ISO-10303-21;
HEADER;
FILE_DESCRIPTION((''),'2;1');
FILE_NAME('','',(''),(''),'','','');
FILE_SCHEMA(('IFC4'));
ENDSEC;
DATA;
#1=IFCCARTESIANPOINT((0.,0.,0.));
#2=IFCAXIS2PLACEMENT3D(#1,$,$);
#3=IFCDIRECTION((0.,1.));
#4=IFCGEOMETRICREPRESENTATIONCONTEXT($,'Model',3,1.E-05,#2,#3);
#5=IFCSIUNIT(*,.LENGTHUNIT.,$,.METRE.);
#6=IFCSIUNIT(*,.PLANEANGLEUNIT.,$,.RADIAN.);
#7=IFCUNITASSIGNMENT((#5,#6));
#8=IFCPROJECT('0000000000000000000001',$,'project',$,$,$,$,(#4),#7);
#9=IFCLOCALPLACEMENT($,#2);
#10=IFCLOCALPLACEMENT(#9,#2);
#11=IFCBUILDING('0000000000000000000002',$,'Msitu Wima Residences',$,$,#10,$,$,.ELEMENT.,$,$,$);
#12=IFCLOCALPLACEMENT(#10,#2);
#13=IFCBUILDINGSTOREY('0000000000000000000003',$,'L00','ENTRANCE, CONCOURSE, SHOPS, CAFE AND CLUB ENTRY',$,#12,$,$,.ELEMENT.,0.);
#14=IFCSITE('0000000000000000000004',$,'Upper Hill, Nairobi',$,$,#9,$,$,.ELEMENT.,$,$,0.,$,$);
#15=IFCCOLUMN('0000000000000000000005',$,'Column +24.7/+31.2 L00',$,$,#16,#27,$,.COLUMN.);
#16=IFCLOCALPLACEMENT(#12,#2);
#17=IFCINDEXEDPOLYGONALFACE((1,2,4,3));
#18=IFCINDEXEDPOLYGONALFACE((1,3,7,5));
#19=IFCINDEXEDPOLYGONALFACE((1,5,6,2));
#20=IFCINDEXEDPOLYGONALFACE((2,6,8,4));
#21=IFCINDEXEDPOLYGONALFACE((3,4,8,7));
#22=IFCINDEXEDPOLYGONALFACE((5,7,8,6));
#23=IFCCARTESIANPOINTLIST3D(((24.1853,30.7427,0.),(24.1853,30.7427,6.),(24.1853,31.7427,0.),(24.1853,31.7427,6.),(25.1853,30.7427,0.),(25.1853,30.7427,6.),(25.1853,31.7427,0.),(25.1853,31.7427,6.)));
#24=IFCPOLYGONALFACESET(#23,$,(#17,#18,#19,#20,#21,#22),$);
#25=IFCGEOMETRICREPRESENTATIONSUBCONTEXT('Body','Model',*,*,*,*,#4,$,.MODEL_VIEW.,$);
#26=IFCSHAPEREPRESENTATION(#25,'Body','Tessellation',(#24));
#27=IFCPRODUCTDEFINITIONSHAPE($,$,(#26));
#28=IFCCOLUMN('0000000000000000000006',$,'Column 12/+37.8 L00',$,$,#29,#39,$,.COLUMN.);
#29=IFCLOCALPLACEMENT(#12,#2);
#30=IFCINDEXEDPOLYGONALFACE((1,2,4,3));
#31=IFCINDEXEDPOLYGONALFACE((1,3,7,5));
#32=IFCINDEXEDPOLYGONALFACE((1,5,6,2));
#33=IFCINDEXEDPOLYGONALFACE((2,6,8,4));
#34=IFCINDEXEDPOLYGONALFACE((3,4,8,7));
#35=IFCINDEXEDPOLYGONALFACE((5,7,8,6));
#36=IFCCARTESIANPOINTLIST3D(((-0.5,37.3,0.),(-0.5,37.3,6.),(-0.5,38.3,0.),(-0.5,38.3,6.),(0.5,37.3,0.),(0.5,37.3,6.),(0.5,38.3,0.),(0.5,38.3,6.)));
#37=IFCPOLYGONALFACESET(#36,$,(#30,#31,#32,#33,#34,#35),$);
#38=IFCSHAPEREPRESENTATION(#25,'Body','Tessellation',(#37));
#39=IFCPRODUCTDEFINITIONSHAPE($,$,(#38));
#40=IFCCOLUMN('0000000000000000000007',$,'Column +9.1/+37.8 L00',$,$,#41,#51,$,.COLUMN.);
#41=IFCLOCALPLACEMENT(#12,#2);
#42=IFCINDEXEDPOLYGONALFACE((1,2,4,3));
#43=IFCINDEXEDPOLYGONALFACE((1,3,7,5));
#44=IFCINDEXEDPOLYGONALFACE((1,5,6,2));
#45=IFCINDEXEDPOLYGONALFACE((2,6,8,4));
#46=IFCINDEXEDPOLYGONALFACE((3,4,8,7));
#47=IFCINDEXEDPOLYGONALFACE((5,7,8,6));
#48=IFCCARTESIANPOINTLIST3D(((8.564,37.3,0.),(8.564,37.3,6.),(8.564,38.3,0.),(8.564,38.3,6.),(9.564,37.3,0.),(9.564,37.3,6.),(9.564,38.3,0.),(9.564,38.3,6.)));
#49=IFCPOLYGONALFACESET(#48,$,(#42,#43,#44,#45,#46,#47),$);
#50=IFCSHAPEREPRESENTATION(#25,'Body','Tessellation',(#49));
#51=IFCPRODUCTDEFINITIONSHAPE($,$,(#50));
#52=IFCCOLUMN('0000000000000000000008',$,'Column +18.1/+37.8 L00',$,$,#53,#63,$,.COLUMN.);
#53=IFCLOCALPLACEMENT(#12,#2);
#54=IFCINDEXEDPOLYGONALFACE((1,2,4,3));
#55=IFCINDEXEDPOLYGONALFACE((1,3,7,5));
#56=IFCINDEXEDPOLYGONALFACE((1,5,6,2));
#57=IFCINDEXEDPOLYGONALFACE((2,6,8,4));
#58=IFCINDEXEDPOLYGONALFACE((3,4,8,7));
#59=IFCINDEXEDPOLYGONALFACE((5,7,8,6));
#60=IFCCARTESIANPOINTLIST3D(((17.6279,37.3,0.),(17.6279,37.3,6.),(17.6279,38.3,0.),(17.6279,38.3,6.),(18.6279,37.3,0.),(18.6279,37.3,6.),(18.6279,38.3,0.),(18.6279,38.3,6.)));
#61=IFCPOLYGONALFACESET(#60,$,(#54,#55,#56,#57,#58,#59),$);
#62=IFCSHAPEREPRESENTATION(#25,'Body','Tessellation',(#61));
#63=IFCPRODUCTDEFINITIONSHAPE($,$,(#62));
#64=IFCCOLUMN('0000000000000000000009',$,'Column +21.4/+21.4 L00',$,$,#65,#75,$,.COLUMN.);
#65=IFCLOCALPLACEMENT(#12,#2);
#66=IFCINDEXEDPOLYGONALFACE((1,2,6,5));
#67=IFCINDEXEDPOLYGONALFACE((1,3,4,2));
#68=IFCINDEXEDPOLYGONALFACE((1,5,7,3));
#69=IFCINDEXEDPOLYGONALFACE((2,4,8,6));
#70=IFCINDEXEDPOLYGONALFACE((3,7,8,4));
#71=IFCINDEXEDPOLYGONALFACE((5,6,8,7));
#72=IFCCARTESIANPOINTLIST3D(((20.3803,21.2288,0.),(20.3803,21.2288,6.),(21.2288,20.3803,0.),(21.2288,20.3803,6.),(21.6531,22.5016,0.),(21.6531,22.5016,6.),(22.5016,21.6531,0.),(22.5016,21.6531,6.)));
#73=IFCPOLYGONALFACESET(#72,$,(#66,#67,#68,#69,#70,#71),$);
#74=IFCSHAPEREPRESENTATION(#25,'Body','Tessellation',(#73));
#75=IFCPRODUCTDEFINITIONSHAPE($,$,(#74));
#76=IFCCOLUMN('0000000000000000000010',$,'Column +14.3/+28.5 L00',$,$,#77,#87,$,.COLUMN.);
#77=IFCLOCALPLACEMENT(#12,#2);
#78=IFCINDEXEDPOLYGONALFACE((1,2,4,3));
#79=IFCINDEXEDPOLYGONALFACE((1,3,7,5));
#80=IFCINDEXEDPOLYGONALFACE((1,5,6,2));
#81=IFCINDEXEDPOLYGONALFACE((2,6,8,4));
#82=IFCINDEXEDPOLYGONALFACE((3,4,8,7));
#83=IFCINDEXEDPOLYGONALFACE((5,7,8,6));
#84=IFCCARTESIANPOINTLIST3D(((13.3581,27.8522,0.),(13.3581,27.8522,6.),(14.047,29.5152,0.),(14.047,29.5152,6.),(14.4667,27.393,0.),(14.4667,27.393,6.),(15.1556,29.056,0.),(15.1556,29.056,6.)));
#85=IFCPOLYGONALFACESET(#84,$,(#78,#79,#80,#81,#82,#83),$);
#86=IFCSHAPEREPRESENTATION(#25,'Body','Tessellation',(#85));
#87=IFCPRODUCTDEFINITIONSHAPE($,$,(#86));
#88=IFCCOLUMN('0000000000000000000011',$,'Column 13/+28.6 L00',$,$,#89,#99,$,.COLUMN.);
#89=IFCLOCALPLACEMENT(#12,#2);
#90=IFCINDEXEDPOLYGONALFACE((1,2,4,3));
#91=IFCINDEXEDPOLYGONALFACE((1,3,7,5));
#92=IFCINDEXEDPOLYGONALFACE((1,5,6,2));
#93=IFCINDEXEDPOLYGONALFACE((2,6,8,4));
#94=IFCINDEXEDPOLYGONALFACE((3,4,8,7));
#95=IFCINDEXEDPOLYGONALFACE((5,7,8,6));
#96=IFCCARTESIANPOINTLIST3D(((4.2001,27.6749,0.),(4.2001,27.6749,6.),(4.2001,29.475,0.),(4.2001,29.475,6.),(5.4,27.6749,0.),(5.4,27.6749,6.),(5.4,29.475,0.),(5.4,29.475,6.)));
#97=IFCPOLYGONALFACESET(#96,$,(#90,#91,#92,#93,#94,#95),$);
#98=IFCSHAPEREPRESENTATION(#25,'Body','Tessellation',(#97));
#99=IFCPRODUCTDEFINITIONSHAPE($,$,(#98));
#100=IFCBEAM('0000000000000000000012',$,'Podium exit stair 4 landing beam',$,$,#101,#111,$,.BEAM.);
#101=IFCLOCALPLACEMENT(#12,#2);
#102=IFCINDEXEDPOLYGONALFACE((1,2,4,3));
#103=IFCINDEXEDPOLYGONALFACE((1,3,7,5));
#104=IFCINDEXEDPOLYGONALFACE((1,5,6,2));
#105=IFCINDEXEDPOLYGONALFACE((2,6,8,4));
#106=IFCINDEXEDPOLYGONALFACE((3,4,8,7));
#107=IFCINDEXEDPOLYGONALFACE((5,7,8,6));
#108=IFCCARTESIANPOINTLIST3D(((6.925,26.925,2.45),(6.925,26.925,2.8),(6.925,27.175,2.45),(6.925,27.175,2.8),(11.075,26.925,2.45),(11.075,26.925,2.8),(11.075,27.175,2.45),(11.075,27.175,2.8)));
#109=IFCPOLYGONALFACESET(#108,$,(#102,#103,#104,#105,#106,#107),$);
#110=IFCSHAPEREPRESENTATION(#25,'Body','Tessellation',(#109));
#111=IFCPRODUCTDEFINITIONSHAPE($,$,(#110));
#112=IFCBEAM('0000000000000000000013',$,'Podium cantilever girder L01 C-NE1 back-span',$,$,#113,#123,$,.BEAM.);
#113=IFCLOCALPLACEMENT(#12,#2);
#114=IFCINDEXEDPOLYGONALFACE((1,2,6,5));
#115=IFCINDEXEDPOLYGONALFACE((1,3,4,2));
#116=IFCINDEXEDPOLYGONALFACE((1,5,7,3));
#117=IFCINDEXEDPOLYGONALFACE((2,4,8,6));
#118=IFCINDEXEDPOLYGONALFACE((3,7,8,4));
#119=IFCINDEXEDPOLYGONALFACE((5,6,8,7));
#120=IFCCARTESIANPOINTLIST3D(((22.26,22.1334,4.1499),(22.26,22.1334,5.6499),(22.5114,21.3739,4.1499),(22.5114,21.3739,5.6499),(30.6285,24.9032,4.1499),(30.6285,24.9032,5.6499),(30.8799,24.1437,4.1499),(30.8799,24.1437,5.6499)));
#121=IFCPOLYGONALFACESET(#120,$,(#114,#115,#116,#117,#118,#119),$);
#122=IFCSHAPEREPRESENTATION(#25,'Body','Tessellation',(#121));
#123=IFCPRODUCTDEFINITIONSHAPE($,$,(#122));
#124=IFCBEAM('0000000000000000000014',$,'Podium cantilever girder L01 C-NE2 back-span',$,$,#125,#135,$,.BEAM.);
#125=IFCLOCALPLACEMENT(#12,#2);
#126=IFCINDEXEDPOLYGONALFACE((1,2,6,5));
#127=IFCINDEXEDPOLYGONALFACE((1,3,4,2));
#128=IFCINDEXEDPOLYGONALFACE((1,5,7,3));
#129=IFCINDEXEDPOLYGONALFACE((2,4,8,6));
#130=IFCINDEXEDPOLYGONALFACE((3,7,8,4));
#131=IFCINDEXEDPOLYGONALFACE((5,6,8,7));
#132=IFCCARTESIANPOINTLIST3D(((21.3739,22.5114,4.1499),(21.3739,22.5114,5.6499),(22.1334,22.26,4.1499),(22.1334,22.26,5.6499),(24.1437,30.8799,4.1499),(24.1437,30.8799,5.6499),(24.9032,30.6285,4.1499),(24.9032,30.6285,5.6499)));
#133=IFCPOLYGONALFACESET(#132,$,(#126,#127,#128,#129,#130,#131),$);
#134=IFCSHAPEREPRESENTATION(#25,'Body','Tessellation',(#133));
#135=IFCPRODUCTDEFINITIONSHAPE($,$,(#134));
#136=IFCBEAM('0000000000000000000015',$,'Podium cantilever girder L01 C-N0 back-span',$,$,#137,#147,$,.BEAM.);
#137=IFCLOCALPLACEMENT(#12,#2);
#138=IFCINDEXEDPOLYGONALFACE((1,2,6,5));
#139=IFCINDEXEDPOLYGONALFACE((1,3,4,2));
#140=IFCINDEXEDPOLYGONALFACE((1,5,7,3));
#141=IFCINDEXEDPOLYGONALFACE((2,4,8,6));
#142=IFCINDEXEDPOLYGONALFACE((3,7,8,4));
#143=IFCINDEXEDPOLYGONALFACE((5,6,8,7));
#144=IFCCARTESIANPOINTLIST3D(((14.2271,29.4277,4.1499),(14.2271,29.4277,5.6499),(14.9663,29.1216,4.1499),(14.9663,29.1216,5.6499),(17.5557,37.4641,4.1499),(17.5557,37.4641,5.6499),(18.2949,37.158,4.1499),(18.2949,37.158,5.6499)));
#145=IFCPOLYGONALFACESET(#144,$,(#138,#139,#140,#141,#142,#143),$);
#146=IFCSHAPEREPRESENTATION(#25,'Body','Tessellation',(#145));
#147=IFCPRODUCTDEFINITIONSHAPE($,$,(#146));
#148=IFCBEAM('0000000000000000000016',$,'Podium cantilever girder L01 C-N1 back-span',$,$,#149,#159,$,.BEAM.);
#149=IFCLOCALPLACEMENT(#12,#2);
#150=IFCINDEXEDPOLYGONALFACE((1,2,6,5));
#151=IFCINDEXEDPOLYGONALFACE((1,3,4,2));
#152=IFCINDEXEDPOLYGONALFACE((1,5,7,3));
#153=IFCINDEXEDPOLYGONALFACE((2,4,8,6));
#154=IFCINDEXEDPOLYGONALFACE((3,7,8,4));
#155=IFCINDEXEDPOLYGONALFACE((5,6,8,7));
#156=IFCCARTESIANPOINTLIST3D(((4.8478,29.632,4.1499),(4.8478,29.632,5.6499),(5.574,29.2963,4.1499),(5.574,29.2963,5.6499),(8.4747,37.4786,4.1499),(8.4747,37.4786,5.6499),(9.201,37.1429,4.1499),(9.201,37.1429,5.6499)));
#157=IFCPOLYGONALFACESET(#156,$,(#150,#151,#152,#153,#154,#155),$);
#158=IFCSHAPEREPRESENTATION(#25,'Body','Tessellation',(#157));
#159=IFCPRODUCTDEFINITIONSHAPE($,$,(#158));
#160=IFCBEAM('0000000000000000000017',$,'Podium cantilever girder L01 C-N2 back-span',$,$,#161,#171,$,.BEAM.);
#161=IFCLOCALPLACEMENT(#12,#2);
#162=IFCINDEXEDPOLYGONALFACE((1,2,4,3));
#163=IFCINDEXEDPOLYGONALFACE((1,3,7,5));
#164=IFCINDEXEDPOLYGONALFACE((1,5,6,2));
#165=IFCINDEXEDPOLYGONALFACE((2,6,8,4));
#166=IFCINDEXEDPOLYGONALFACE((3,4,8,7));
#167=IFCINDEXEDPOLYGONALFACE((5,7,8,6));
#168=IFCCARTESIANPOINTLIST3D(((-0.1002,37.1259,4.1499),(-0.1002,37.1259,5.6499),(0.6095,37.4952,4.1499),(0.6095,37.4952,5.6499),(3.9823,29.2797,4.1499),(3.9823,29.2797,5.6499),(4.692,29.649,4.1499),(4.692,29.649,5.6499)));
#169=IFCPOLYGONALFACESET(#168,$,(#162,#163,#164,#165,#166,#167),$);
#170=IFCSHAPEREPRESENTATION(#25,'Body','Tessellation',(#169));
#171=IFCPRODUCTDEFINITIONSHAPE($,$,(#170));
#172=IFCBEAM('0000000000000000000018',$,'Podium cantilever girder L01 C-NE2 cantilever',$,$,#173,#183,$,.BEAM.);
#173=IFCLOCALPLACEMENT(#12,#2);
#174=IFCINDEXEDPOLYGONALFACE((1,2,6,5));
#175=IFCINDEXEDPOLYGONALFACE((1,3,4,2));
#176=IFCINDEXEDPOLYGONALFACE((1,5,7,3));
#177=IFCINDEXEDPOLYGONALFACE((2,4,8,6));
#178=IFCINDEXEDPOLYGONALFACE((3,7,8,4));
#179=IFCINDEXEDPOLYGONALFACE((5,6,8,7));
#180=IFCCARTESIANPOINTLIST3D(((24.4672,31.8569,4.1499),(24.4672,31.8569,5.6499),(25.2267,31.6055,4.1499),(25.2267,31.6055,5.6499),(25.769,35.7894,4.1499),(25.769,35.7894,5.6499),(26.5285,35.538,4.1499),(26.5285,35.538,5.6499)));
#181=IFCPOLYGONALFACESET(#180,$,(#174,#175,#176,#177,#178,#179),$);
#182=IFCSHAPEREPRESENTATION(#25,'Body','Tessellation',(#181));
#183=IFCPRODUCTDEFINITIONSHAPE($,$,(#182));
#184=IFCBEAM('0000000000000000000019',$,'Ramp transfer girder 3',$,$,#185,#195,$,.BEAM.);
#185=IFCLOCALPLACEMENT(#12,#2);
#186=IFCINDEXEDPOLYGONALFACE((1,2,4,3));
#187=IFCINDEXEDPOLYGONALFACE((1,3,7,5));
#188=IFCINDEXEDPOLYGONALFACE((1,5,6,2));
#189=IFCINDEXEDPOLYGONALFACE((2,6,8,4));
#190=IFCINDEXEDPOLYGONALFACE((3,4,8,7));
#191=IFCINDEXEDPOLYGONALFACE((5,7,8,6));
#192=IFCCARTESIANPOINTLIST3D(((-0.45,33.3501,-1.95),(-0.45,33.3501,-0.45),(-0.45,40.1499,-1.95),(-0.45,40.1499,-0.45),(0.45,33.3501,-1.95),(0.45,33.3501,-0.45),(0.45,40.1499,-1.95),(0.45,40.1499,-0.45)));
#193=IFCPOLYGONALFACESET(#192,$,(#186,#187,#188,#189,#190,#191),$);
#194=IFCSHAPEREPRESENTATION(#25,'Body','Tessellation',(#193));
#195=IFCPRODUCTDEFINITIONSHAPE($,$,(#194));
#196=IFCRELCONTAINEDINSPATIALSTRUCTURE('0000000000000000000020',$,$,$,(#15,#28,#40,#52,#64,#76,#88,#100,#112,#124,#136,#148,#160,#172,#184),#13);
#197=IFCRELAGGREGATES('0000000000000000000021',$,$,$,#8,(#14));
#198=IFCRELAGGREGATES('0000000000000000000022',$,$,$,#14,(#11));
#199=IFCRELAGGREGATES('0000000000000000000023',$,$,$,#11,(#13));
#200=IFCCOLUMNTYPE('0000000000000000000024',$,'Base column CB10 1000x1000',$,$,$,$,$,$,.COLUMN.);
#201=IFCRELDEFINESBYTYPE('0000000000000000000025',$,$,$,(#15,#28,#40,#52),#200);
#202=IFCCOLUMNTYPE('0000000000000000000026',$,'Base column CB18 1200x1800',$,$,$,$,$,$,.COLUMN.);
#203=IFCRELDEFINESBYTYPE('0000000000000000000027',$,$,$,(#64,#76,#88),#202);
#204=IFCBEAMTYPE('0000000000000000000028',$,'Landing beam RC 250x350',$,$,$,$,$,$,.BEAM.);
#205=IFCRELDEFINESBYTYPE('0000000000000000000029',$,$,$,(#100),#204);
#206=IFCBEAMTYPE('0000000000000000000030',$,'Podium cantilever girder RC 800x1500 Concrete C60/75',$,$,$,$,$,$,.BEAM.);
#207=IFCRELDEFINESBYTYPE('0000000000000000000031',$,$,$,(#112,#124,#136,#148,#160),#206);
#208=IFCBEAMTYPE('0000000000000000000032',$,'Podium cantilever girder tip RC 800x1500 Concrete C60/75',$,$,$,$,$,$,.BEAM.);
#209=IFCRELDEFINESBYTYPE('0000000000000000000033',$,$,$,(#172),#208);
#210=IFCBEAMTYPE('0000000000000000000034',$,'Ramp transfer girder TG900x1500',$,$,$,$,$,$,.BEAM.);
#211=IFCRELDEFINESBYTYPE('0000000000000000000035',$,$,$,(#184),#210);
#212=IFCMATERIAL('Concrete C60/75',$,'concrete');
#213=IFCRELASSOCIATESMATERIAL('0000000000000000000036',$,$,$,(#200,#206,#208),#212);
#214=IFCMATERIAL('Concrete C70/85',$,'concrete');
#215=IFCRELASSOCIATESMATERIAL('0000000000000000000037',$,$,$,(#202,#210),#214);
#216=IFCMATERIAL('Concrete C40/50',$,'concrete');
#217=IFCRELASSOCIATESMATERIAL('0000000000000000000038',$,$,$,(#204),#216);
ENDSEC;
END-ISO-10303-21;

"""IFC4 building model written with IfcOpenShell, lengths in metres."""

from ifc_helpers import new_model, si_unit, direction, frame, origin, origin_2d, place, context, subcontext, project, spatial, rectangle, extrude, material, material_profile, profile_set, type_object, element, save


model = new_model("IFC4")

# Units and contexts
model_context = context("Model", 3, precision=1e-05, world=origin(), true_north=direction((0.0, 1.0)))
body_context = subcontext(model_context, "Body", "Model", "MODEL_VIEW")
ifc_project = project(units=[si_unit("LENGTHUNIT", "METRE"), si_unit("PLANEANGLEUNIT", "RADIAN")], contexts=[model_context])

# Site, building, storey
site_placement = place(None, origin())
site = spatial("IfcSite", under=ifc_project, at=site_placement, Name="Upper Hill, Nairobi", CompositionType="ELEMENT", RefElevation=0.0)
building_placement = place(site_placement, origin())
building = spatial("IfcBuilding", under=site, at=building_placement, Name="Msitu Wima Residences", CompositionType="ELEMENT")
storey_placement = place(building_placement, origin())
storey = spatial("IfcBuildingStorey", under=building, at=storey_placement, Name="L00", Description="ENTRANCE, CONCOURSE, SHOPS, CAFE AND CLUB ENTRY", CompositionType="ELEMENT", Elevation=0.0)

# Columns
ifc_material_1 = material(Name="Concrete C60/75", Category="concrete")
ifc_material_profile_1 = material_profile(ifc_material_1, rectangle(XDim=1.0, YDim=1.0, at=origin_2d()), Name="RC 1000x1000")
ifc_profile_set_1 = profile_set([ifc_material_profile_1], Name="Concrete C60/75")
column_type_1 = type_object("IfcColumnType", Name="Base column CB10 1000x1000", PredefinedType="COLUMN", material=ifc_profile_set_1)
for number, where, z_axis, x_axis, name in (
    (1, (24.6853, 31.2427, 0.0), (0.0, 0.0, 1.0), (1.0, 0.0, 0.0), "Column +24.7/+31.2 L00"),
    (2, (0.0, 37.8, 0.0), (0.0, 0.0, 1.0), (1.0, 0.0, 0.0), "Column 12/+37.8 L00"),
    (3, (9.064, 37.8, 0.0), (0.0, 0.0, 1.0), (1.0, 0.0, 0.0), "Column +9.1/+37.8 L00"),
    (4, (18.1279, 37.8, 0.0), (0.0, 0.0, 1.0), (1.0, 0.0, 0.0), "Column +18.1/+37.8 L00"),
):
    element("IfcColumn", number, at=place(storey_placement, frame(where, z_axis=z_axis, x_axis=x_axis)), inside=storey, type_object=column_type_1, Name=name, PredefinedType="COLUMN", context=body_context, shape_type="SweptSolid", body=[
        extrude(rectangle(XDim=1.0, YDim=1.0, at=origin_2d()), origin(), (0.0, 0.0, 1.0), 6.0),
    ])
ifc_material_2 = material(Name="Concrete C70/85", Category="concrete")
ifc_material_profile_2 = material_profile(ifc_material_2, rectangle(XDim=1.2, YDim=1.8, at=origin_2d()), Name="RC 1200x1800")
ifc_profile_set_2 = profile_set([ifc_material_profile_2], Name="Concrete C70/85")
column_type_2 = type_object("IfcColumnType", Name="Base column CB18 1200x1800", PredefinedType="COLUMN", material=ifc_profile_set_2)
for number, where, z_axis, x_axis, name in (
    (5, (21.4409, 21.4409, 0.0), (0.0, 0.0, 1.0), (-0.707107, 0.707107, 0.0), "Column +21.4/+21.4 L00"),
    (6, (14.2568, 28.4541, 0.0), (0.0, 0.0, 1.0), (-0.92388, 0.382683, 0.0), "Column +14.3/+28.5 L00"),
    (7, (4.8, 28.575, 0.0), (0.0, 0.0, 1.0), (-1.0, 0.0, 0.0), "Column 13/+28.6 L00"),
):
    element("IfcColumn", number, at=place(storey_placement, frame(where, z_axis=z_axis, x_axis=x_axis)), inside=storey, type_object=column_type_2, Name=name, PredefinedType="COLUMN", context=body_context, shape_type="SweptSolid", body=[
        extrude(rectangle(XDim=1.2, YDim=1.8, at=origin_2d()), origin(), (0.0, 0.0, 1.0), 6.0),
    ])

# Beams
ifc_material_3 = material(Name="Concrete C40/50", Category="concrete")
ifc_material_profile_3 = material_profile(ifc_material_3, rectangle(XDim=0.25, YDim=0.3501, at=origin_2d()), Name="RC 250x350")
ifc_profile_set_3 = profile_set([ifc_material_profile_3], Name="Concrete C40/50")
beam_type_1 = type_object("IfcBeamType", Name="Landing beam RC 250x350", PredefinedType="BEAM", material=ifc_profile_set_3)
beam_1_placement = place(storey_placement, frame((6.925, 27.05, 2.625), z_axis=(1.0, 0.0, 0.0), x_axis=(0.0, 1.0, 0.0)))
element("IfcBeam", 8, at=beam_1_placement, inside=storey, type_object=beam_type_1, Name="Podium exit stair 4 landing beam", PredefinedType="BEAM", context=body_context, shape_type="SweptSolid", body=[
    extrude(rectangle(XDim=0.25, YDim=0.3501, at=origin_2d()), origin(), (0.0, 0.0, 1.0), 4.1499),
])
ifc_material_profile_4 = material_profile(ifc_material_1, rectangle(XDim=0.8, YDim=1.5, at=origin_2d()), Name="RC 800x1500")
ifc_profile_set_4 = profile_set([ifc_material_profile_4], Name="Concrete C60/75")
beam_type_2 = type_object("IfcBeamType", Name="Podium cantilever girder RC 800x1500 Concrete C60/75", PredefinedType="BEAM", material=ifc_profile_set_4)
for number, where, z_axis, x_axis, name in (
    (9, (22.3857, 21.7537, 4.8999), (0.949351, 0.314216, 0.0), (-0.314216, 0.949351, 0.0), "Podium cantilever girder L01 C-NE1 back-span"),
    (10, (21.7537, 22.3857, 4.8999), (0.314216, 0.949351, 0.0), (-0.949351, 0.314216, 0.0), "Podium cantilever girder L01 C-NE2 back-span"),
):
    element("IfcBeam", number, at=place(storey_placement, frame(where, z_axis=z_axis, x_axis=x_axis)), inside=storey, type_object=beam_type_2, Name=name, PredefinedType="BEAM", context=body_context, shape_type="SweptSolid", body=[
        extrude(rectangle(XDim=0.8, YDim=1.5, at=origin_2d()), origin(), (0.0, 0.0, 1.0), 8.8149),
    ])
beam_2_placement = place(storey_placement, frame((14.5967, 29.2747, 4.8999), z_axis=(0.382667, 0.923886, 0.0), x_axis=(-0.923886, 0.382667, 0.0)))
element("IfcBeam", 11, at=beam_2_placement, inside=storey, type_object=beam_type_2, Name="Podium cantilever girder L01 C-N0 back-span", PredefinedType="BEAM", context=body_context, shape_type="SweptSolid", body=[
    extrude(rectangle(XDim=0.8, YDim=1.5, at=origin_2d()), origin(), (0.0, 0.0, 1.0), 8.6985),
])
beam_3_placement = place(storey_placement, frame((5.2109, 29.4641, 4.8999), z_axis=(0.419574, 0.907721, 0.0), x_axis=(-0.907721, 0.419574, 0.0)))
element("IfcBeam", 12, at=beam_3_placement, inside=storey, type_object=beam_type_2, Name="Podium cantilever girder L01 C-N1 back-span", PredefinedType="BEAM", context=body_context, shape_type="SweptSolid", body=[
    extrude(rectangle(XDim=0.8, YDim=1.5, at=origin_2d()), origin(), (0.0, 0.0, 1.0), 8.6443),
])
beam_4_placement = place(storey_placement, frame((4.3372, 29.4644, 4.8999), z_axis=(-0.461575, 0.887101, 0.0), x_axis=(-0.887101, -0.461575, 0.0)))
element("IfcBeam", 13, at=beam_4_placement, inside=storey, type_object=beam_type_2, Name="Podium cantilever girder L01 C-N2 back-span", PredefinedType="BEAM", context=body_context, shape_type="SweptSolid", body=[
    extrude(rectangle(XDim=0.8, YDim=1.5, at=origin_2d()), origin(), (0.0, 0.0, 1.0), 8.8447),
])
ifc_material_profile_5 = material_profile(ifc_material_1, rectangle(XDim=0.8, YDim=1.5, at=origin_2d()), Name="RC 800x1500")
ifc_profile_set_5 = profile_set([ifc_material_profile_5], Name="Concrete C60/75")
beam_type_3 = type_object("IfcBeamType", Name="Podium cantilever girder tip RC 800x1500 Concrete C60/75", PredefinedType="BEAM", material=ifc_profile_set_5)
beam_5_placement = place(storey_placement, frame((24.8469, 31.7312, 4.8999), z_axis=(0.314264, 0.949335, 0.0), x_axis=(-0.949335, 0.314264, 0.0)))
element("IfcBeam", 14, at=beam_5_placement, inside=storey, type_object=beam_type_3, Name="Podium cantilever girder L01 C-NE2 cantilever", PredefinedType="BEAM", context=body_context, shape_type="SweptSolid", body=[
    extrude(rectangle(XDim=0.8, YDim=1.5, at=origin_2d()), origin(), (0.0, 0.0, 1.0), 4.1423),
])
ifc_material_profile_6 = material_profile(ifc_material_2, rectangle(XDim=0.8999, YDim=1.5, at=origin_2d()), Name="RC 900x1500")
ifc_profile_set_6 = profile_set([ifc_material_profile_6], Name="Concrete C70/85")
beam_type_4 = type_object("IfcBeamType", Name="Ramp transfer girder TG900x1500", PredefinedType="BEAM", material=ifc_profile_set_6)
for number, where, z_axis, x_axis, name in (
    (15, (0.0, 33.3501, -1.2), (0.0, 1.0, 0.0), (-1.0, 0.0, 0.0), "Ramp transfer girder 3"),
):
    element("IfcBeam", number, at=place(storey_placement, frame(where, z_axis=z_axis, x_axis=x_axis)), inside=storey, type_object=beam_type_4, Name=name, PredefinedType="BEAM", context=body_context, shape_type="SweptSolid", body=[
        extrude(rectangle(XDim=0.8999, YDim=1.5, at=origin_2d()), origin(), (0.0, 0.0, 1.0), 6.7998),
    ])

save(model, "model.ifc")
